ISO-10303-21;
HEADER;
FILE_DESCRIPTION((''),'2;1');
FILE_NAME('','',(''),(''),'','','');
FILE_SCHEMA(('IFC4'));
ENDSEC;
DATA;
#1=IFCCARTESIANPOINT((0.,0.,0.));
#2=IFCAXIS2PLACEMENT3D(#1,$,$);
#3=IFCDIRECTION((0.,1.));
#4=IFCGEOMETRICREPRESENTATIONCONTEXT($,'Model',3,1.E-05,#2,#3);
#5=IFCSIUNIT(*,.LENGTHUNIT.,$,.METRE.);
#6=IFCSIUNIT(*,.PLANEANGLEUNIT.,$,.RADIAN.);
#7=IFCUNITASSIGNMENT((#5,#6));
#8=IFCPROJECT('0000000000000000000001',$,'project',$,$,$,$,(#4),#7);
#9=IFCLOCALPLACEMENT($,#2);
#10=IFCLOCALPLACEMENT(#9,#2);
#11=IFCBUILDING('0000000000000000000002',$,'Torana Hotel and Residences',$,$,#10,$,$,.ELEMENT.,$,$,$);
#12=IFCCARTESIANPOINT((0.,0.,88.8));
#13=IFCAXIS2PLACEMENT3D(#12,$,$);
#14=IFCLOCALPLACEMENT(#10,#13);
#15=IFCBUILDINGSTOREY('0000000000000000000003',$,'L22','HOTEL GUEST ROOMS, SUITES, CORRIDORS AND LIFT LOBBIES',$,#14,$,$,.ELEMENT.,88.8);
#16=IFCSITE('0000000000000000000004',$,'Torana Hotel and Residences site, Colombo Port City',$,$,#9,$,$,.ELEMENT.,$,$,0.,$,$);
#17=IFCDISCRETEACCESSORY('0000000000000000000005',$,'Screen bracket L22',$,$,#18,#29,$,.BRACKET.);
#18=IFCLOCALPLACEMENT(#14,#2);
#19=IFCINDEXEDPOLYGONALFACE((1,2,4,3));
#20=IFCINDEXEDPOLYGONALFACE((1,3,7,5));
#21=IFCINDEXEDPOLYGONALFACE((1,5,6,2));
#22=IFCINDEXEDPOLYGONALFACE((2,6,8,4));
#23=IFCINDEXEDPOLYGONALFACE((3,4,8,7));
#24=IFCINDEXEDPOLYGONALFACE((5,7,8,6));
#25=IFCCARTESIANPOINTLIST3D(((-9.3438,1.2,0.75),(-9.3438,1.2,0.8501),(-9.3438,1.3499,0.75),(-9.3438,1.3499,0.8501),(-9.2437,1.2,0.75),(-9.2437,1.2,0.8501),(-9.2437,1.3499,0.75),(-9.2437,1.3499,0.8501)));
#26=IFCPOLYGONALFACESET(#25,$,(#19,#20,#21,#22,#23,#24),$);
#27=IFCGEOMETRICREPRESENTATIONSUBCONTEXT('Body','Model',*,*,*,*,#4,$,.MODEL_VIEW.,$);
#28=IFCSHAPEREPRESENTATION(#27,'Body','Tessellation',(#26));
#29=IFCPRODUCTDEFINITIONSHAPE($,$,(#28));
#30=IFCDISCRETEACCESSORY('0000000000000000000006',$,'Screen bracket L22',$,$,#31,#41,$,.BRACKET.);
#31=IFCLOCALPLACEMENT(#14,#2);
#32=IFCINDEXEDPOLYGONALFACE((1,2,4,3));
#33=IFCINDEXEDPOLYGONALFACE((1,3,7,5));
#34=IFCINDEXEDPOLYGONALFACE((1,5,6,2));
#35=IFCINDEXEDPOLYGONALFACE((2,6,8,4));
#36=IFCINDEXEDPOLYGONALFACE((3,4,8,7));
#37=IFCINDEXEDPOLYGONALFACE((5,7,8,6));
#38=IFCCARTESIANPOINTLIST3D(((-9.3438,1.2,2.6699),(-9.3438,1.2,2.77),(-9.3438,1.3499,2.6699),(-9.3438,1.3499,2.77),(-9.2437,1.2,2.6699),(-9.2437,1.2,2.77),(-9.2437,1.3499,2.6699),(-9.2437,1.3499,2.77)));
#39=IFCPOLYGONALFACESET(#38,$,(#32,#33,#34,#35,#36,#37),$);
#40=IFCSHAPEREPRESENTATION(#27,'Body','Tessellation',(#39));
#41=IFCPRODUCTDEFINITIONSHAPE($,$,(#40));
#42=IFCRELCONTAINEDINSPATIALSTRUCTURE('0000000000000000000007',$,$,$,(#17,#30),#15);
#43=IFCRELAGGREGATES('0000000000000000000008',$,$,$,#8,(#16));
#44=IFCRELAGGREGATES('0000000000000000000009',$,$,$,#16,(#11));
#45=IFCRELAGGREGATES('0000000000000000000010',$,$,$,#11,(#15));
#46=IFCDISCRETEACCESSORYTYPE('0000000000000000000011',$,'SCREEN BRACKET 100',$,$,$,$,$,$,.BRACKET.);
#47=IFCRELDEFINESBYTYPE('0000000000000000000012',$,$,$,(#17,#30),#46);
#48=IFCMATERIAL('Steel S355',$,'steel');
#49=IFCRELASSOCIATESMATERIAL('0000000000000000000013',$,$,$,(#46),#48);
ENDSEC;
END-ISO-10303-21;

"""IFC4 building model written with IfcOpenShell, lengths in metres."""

from ifc_helpers import new_model, si_unit, direction, frame, origin, origin_2d, place, context, subcontext, project, spatial, rectangle, extrude, material, type_object, element, save


model = new_model("IFC4")

# Units and contexts
model_context = context("Model", 3, precision=1e-05, world=origin(), true_north=direction((0.0, 1.0)))
body_context = subcontext(model_context, "Body", "Model", "MODEL_VIEW")
ifc_project = project(units=[si_unit("LENGTHUNIT", "METRE"), si_unit("PLANEANGLEUNIT", "RADIAN")], contexts=[model_context])

# Site, building, storey
site_placement = place(None, origin())
site = spatial("IfcSite", under=ifc_project, at=site_placement, Name="Torana Hotel and Residences site, Colombo Port City", CompositionType="ELEMENT", RefElevation=0.0)
building_placement = place(site_placement, origin())
building = spatial("IfcBuilding", under=site, at=building_placement, Name="Torana Hotel and Residences", CompositionType="ELEMENT")
storey_placement = place(building_placement, frame((0.0, 0.0, 88.8)))
storey = spatial("IfcBuildingStorey", under=building, at=storey_placement, Name="L22", Description="HOTEL GUEST ROOMS, SUITES, CORRIDORS AND LIFT LOBBIES", CompositionType="ELEMENT", Elevation=88.8)

# Discrete accessories
ifc_material_1 = material(Name="Steel S355", Category="steel")
discrete_accessory_type = type_object("IfcDiscreteAccessoryType", Name="SCREEN BRACKET 100", PredefinedType="BRACKET", material=ifc_material_1)
for number, where, z_axis, x_axis, name in (
    (1, (-9.2937, 1.2749, 0.75), (0.0, 0.0, 1.0), (-1.0, 0.0, 0.0), "Screen bracket L22"),
    (2, (-9.2937, 1.2749, 2.6699), (0.0, 0.0, 1.0), (-1.0, 0.0, 0.0), "Screen bracket L22"),
):
    element("IfcDiscreteAccessory", number, at=place(storey_placement, frame(where, z_axis=z_axis, x_axis=x_axis)), inside=storey, type_object=discrete_accessory_type, Name=name, PredefinedType="BRACKET", context=body_context, shape_type="SweptSolid", body=[
        extrude(rectangle(XDim=0.1001, YDim=0.1499, at=origin_2d()), origin(), (0.0, 0.0, 1.0), 0.1001),
    ])

save(model, "model.ifc")
